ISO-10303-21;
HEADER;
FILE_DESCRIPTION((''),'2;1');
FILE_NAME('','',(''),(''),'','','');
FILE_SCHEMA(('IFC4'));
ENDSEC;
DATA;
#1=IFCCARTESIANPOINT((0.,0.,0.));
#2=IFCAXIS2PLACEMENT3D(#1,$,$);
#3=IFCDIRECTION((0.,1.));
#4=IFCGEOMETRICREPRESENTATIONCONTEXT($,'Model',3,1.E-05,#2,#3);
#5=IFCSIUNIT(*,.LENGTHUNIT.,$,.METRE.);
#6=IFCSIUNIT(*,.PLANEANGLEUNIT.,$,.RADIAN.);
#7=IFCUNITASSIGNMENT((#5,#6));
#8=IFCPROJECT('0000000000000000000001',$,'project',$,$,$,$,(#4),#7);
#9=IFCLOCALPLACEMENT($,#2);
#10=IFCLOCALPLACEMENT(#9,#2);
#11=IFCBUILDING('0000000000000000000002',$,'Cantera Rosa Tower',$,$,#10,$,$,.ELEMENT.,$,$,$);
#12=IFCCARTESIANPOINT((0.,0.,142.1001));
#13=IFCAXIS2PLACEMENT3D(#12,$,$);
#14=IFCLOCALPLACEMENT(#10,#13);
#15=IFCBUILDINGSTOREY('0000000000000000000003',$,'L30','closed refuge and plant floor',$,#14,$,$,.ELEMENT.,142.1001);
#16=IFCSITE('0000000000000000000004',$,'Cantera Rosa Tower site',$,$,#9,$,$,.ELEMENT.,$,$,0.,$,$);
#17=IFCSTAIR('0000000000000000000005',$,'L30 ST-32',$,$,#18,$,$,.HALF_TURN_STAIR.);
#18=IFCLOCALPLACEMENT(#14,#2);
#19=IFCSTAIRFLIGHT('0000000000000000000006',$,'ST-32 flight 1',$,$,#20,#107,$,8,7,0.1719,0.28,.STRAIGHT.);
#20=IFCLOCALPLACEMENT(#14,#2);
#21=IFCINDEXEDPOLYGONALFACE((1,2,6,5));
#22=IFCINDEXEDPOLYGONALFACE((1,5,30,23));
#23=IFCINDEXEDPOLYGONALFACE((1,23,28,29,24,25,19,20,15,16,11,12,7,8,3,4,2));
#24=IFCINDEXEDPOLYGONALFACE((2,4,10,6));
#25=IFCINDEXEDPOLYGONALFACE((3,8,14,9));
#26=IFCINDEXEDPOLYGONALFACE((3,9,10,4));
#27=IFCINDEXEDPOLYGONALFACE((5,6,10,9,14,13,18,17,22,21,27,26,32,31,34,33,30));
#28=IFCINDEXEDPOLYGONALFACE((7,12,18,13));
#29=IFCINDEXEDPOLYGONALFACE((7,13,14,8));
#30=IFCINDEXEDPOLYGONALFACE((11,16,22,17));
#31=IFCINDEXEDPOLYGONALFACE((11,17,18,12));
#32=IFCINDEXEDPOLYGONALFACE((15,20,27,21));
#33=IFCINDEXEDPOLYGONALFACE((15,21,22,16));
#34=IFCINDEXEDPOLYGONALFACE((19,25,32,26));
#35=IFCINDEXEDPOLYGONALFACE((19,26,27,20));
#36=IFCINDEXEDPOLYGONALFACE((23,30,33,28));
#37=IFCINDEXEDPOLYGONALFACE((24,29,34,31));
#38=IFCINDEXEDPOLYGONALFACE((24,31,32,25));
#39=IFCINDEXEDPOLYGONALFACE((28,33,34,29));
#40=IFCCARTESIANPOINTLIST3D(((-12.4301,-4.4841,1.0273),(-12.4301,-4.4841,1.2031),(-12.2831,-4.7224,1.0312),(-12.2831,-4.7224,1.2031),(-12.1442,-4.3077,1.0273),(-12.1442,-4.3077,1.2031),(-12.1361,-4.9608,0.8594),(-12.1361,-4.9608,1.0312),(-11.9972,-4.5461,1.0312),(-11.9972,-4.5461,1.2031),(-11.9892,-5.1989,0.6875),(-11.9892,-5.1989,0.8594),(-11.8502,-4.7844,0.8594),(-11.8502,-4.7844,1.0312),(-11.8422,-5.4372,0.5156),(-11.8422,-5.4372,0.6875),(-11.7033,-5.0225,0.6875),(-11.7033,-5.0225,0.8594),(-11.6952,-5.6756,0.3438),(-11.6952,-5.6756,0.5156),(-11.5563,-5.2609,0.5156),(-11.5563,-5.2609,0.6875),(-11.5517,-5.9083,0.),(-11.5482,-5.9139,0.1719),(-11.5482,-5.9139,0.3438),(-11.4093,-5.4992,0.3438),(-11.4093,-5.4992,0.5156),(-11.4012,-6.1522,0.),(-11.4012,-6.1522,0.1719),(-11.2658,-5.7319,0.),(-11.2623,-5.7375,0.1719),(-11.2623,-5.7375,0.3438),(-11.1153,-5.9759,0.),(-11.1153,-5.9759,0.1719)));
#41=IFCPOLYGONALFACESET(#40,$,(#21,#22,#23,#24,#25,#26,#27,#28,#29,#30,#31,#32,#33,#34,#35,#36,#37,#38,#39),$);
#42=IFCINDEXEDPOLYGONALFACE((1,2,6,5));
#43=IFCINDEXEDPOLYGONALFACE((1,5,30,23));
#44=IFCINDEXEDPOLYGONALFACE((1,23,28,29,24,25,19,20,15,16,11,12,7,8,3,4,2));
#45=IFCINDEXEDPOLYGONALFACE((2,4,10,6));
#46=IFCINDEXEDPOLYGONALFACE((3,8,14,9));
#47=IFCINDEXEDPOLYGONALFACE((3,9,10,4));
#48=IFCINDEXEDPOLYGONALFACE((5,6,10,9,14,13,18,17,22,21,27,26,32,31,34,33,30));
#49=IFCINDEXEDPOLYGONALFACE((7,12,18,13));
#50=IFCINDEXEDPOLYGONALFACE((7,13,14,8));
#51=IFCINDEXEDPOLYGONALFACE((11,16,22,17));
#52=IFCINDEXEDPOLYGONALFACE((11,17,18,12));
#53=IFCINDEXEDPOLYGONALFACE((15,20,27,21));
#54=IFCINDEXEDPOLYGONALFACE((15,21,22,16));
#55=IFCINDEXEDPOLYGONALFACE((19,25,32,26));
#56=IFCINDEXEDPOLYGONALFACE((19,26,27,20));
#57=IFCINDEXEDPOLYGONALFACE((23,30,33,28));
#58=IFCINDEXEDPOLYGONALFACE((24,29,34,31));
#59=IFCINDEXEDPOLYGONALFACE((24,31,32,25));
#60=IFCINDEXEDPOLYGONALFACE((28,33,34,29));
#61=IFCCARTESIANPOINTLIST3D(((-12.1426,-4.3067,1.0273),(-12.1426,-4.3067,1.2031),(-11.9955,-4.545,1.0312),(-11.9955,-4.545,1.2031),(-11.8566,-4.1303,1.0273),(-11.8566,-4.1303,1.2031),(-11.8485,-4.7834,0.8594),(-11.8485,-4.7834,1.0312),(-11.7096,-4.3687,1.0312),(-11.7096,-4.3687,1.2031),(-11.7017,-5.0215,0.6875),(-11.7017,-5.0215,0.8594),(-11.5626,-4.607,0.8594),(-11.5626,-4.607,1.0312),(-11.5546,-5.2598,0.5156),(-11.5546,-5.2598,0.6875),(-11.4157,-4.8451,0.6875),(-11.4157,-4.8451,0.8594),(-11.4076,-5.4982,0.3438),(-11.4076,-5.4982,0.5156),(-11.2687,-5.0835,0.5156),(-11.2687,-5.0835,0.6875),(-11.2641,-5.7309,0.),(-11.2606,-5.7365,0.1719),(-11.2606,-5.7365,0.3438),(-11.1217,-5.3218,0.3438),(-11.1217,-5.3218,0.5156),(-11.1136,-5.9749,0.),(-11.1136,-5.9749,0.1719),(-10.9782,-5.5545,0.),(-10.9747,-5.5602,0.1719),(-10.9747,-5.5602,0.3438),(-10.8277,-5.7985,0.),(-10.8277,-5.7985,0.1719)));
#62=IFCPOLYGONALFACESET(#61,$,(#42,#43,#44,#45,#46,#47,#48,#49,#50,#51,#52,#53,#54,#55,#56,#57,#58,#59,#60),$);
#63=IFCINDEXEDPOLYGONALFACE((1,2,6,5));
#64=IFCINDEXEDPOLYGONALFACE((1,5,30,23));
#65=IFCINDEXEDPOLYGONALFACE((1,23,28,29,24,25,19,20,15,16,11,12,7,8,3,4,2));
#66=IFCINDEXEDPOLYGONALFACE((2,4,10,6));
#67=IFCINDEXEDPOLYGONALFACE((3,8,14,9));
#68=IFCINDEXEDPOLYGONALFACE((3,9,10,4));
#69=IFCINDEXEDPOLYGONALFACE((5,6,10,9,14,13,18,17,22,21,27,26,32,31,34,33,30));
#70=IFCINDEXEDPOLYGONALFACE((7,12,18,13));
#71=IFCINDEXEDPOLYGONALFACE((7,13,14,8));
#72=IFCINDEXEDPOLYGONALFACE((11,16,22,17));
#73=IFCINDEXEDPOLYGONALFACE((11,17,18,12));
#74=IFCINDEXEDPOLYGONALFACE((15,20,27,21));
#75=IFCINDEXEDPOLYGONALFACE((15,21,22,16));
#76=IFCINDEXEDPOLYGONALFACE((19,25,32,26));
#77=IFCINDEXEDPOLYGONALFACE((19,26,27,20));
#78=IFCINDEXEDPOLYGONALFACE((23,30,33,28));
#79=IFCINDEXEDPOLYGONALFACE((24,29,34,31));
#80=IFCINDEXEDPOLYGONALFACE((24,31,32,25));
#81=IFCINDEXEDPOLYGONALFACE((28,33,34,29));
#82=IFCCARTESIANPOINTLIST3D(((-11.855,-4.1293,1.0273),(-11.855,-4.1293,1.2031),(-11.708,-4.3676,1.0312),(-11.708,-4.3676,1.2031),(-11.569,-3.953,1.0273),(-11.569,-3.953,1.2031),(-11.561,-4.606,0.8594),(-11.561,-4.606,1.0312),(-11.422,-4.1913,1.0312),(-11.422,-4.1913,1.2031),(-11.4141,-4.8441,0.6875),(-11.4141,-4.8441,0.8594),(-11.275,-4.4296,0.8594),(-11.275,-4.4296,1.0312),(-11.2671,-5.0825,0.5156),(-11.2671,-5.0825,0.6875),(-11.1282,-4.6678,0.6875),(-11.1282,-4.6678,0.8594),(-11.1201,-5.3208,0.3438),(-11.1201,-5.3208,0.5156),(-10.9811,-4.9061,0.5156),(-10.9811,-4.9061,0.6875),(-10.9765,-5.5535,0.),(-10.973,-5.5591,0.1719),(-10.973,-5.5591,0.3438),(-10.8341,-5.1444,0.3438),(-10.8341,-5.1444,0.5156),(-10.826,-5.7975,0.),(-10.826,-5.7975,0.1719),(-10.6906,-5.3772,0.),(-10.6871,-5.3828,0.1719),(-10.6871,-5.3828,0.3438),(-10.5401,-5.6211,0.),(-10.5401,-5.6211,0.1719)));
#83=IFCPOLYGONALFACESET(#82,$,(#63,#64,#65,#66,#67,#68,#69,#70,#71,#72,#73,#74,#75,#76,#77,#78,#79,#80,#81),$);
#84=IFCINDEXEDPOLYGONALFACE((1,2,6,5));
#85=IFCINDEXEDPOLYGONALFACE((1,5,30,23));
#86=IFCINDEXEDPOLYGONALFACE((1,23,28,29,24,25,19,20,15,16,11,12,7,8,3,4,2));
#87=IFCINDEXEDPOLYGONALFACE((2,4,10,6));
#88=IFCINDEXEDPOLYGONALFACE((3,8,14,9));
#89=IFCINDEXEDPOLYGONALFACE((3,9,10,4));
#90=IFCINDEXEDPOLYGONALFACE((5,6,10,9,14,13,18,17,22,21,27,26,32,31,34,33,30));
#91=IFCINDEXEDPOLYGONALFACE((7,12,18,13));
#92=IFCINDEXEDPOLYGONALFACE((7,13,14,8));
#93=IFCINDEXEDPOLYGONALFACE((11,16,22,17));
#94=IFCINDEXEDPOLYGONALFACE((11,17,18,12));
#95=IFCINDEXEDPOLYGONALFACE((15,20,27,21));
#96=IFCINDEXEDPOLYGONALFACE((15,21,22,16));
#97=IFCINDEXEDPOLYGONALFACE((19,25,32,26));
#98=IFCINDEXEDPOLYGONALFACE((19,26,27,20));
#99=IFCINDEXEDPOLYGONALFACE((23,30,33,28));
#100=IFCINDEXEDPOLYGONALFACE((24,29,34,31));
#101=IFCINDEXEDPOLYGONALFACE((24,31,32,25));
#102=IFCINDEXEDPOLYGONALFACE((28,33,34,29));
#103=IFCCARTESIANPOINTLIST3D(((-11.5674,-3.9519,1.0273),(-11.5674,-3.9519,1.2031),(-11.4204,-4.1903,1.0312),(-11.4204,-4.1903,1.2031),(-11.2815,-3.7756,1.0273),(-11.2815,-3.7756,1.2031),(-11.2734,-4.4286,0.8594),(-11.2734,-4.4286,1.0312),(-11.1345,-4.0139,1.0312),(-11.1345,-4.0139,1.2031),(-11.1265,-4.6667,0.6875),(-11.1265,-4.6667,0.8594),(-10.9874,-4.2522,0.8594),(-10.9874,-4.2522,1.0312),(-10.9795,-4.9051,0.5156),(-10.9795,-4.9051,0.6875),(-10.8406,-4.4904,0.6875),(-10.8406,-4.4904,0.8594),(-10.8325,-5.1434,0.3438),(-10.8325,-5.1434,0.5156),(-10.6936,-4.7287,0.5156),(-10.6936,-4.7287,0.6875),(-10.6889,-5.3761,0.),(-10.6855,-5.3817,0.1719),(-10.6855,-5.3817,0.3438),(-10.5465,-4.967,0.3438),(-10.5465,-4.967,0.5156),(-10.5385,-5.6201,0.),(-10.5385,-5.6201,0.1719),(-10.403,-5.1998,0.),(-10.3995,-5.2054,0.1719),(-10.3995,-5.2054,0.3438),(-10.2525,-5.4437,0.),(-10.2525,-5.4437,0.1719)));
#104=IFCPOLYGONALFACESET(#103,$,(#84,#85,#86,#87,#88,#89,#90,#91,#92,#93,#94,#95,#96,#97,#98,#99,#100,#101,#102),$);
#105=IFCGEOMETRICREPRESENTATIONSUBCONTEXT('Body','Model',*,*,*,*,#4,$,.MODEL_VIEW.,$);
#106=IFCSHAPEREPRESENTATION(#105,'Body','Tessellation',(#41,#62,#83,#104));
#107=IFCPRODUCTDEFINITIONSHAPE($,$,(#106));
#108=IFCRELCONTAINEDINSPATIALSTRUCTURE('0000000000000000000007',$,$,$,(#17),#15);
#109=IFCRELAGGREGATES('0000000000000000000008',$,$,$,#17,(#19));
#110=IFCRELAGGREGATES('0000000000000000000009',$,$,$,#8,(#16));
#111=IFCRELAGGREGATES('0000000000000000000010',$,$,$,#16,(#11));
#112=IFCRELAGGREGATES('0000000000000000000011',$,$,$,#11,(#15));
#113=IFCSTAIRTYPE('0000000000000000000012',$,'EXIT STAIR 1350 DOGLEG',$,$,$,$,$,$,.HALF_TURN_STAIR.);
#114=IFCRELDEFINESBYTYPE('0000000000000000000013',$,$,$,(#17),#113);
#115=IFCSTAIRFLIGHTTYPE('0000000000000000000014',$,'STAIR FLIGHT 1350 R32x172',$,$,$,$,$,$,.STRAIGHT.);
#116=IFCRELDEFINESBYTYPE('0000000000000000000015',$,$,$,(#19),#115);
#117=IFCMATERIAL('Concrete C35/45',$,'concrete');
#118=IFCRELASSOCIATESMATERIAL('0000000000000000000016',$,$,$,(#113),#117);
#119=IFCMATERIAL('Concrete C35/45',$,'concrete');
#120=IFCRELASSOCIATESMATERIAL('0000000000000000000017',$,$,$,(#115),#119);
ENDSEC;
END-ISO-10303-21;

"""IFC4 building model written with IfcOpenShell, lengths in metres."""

from ifc_helpers import new_model, si_unit, direction, frame, origin, place, context, subcontext, project, spatial, polyline, outline, extrude, material, type_object, element, aggregate, save


model = new_model("IFC4")

# Units and contexts
model_context = context("Model", 3, precision=1e-05, world=origin(), true_north=direction((0.0, 1.0)))
body_context = subcontext(model_context, "Body", "Model", "MODEL_VIEW")
ifc_project = project(units=[si_unit("LENGTHUNIT", "METRE"), si_unit("PLANEANGLEUNIT", "RADIAN")], contexts=[model_context])

# Site, building, storey
site_placement = place(None, origin())
site = spatial("IfcSite", under=ifc_project, at=site_placement, Name="Cantera Rosa Tower site", CompositionType="ELEMENT", RefElevation=0.0)
building_placement = place(site_placement, origin())
building = spatial("IfcBuilding", under=site, at=building_placement, Name="Cantera Rosa Tower", CompositionType="ELEMENT")
storey_placement = place(building_placement, frame((0.0, 0.0, 142.1001)))
storey = spatial("IfcBuildingStorey", under=building, at=storey_placement, Name="L30", Description="closed refuge and plant floor", CompositionType="ELEMENT", Elevation=142.1001)

# Stair, stair flight
ifc_material_1 = material(Name="Concrete C35/45", Category="concrete")
stair_type = type_object("IfcStairType", Name="EXIT STAIR 1350 DOGLEG", PredefinedType="HALF_TURN_STAIR", material=ifc_material_1)
stair_placement = place(storey_placement, origin())
stair = element("IfcStair", 1, at=stair_placement, inside=storey, type_object=stair_type, Name="L30 ST-32", PredefinedType="HALF_TURN_STAIR")
ifc_material_2 = material(Name="Concrete C35/45", Category="concrete")
stair_flight_type = type_object("IfcStairFlightType", Name="STAIR FLIGHT 1350 R32x172", PredefinedType="STRAIGHT", material=ifc_material_2)
stair_flight_1_placement = place(storey_placement, frame((-10.8267, -5.7979, 0.0), z_axis=(0.0, 0.0, 1.0), x_axis=(-0.524977, 0.851117, 0.0)))
stair_flight_1 = element("IfcStairFlight", 2, at=stair_flight_1_placement, type_object=stair_flight_type, Name="ST-32 flight 1", NumberOfRisers=8, NumberOfTreads=7, PredefinedType="STRAIGHT", RiserHeight=0.1719, TreadLength=0.28, context=body_context, shape_type="SweptSolid", body=[
    extrude(outline(polyline([(0.0, 0.0), (0.0, 0.1719), (0.28, 0.1719), (0.28, 0.3438), (0.5601, 0.3438), (0.5601, 0.5156), (0.8401, 0.5156), (0.8401, 0.6875), (1.1201, 0.6875), (1.1201, 0.8594), (1.3999, 0.8594), (1.3999, 1.0312), (1.6799, 1.0312), (1.6799, 1.2031), (1.96, 1.2031), (1.96, 1.375), (1.96, 1.0273), (0.2866, 0.0), (0.0, 0.0)])), frame((0.0, 0.675, 0.0), z_axis=(0.0, -1.0, 0.0), x_axis=(1.0, 0.0, 0.0)), (0.0, 0.0, 1.0), 0.3359),
    extrude(outline(polyline([(0.0, 0.0), (0.0, 0.1719), (0.28, 0.1719), (0.28, 0.3438), (0.5601, 0.3438), (0.5601, 0.5156), (0.8401, 0.5156), (0.8401, 0.6875), (1.1201, 0.6875), (1.1201, 0.8594), (1.3999, 0.8594), (1.3999, 1.0312), (1.6799, 1.0312), (1.6799, 1.2031), (1.96, 1.2031), (1.96, 1.375), (1.96, 1.0273), (0.2866, 0.0), (0.0, 0.0)])), frame((0.0, 0.3372, 0.0), z_axis=(0.0, -1.0, 0.0), x_axis=(1.0, 0.0, 0.0)), (0.0, 0.0, 1.0), 0.3359),
    extrude(outline(polyline([(0.0, 0.0), (0.0, 0.1719), (0.28, 0.1719), (0.28, 0.3438), (0.5601, 0.3438), (0.5601, 0.5156), (0.8401, 0.5156), (0.8401, 0.6875), (1.1201, 0.6875), (1.1201, 0.8594), (1.3999, 0.8594), (1.3999, 1.0312), (1.6799, 1.0312), (1.6799, 1.2031), (1.96, 1.2031), (1.96, 1.375), (1.96, 1.0273), (0.2866, 0.0), (0.0, 0.0)])), frame((0.0, -0.0007, 0.0), z_axis=(0.0, -1.0, 0.0), x_axis=(1.0, 0.0, 0.0)), (0.0, 0.0, 1.0), 0.3359),
    extrude(outline(polyline([(0.0, 0.0), (0.0, 0.1719), (0.28, 0.1719), (0.28, 0.3438), (0.5601, 0.3438), (0.5601, 0.5156), (0.8401, 0.5156), (0.8401, 0.6875), (1.1201, 0.6875), (1.1201, 0.8594), (1.3999, 0.8594), (1.3999, 1.0312), (1.6799, 1.0312), (1.6799, 1.2031), (1.96, 1.2031), (1.96, 1.375), (1.96, 1.0273), (0.2866, 0.0), (0.0, 0.0)])), frame((0.0, -0.3386, 0.0), z_axis=(0.0, -1.0, 0.0), x_axis=(1.0, 0.0, 0.0)), (0.0, 0.0, 1.0), 0.3359),
])
aggregate(stair, [stair_flight_1])

save(model, "model.ifc")
